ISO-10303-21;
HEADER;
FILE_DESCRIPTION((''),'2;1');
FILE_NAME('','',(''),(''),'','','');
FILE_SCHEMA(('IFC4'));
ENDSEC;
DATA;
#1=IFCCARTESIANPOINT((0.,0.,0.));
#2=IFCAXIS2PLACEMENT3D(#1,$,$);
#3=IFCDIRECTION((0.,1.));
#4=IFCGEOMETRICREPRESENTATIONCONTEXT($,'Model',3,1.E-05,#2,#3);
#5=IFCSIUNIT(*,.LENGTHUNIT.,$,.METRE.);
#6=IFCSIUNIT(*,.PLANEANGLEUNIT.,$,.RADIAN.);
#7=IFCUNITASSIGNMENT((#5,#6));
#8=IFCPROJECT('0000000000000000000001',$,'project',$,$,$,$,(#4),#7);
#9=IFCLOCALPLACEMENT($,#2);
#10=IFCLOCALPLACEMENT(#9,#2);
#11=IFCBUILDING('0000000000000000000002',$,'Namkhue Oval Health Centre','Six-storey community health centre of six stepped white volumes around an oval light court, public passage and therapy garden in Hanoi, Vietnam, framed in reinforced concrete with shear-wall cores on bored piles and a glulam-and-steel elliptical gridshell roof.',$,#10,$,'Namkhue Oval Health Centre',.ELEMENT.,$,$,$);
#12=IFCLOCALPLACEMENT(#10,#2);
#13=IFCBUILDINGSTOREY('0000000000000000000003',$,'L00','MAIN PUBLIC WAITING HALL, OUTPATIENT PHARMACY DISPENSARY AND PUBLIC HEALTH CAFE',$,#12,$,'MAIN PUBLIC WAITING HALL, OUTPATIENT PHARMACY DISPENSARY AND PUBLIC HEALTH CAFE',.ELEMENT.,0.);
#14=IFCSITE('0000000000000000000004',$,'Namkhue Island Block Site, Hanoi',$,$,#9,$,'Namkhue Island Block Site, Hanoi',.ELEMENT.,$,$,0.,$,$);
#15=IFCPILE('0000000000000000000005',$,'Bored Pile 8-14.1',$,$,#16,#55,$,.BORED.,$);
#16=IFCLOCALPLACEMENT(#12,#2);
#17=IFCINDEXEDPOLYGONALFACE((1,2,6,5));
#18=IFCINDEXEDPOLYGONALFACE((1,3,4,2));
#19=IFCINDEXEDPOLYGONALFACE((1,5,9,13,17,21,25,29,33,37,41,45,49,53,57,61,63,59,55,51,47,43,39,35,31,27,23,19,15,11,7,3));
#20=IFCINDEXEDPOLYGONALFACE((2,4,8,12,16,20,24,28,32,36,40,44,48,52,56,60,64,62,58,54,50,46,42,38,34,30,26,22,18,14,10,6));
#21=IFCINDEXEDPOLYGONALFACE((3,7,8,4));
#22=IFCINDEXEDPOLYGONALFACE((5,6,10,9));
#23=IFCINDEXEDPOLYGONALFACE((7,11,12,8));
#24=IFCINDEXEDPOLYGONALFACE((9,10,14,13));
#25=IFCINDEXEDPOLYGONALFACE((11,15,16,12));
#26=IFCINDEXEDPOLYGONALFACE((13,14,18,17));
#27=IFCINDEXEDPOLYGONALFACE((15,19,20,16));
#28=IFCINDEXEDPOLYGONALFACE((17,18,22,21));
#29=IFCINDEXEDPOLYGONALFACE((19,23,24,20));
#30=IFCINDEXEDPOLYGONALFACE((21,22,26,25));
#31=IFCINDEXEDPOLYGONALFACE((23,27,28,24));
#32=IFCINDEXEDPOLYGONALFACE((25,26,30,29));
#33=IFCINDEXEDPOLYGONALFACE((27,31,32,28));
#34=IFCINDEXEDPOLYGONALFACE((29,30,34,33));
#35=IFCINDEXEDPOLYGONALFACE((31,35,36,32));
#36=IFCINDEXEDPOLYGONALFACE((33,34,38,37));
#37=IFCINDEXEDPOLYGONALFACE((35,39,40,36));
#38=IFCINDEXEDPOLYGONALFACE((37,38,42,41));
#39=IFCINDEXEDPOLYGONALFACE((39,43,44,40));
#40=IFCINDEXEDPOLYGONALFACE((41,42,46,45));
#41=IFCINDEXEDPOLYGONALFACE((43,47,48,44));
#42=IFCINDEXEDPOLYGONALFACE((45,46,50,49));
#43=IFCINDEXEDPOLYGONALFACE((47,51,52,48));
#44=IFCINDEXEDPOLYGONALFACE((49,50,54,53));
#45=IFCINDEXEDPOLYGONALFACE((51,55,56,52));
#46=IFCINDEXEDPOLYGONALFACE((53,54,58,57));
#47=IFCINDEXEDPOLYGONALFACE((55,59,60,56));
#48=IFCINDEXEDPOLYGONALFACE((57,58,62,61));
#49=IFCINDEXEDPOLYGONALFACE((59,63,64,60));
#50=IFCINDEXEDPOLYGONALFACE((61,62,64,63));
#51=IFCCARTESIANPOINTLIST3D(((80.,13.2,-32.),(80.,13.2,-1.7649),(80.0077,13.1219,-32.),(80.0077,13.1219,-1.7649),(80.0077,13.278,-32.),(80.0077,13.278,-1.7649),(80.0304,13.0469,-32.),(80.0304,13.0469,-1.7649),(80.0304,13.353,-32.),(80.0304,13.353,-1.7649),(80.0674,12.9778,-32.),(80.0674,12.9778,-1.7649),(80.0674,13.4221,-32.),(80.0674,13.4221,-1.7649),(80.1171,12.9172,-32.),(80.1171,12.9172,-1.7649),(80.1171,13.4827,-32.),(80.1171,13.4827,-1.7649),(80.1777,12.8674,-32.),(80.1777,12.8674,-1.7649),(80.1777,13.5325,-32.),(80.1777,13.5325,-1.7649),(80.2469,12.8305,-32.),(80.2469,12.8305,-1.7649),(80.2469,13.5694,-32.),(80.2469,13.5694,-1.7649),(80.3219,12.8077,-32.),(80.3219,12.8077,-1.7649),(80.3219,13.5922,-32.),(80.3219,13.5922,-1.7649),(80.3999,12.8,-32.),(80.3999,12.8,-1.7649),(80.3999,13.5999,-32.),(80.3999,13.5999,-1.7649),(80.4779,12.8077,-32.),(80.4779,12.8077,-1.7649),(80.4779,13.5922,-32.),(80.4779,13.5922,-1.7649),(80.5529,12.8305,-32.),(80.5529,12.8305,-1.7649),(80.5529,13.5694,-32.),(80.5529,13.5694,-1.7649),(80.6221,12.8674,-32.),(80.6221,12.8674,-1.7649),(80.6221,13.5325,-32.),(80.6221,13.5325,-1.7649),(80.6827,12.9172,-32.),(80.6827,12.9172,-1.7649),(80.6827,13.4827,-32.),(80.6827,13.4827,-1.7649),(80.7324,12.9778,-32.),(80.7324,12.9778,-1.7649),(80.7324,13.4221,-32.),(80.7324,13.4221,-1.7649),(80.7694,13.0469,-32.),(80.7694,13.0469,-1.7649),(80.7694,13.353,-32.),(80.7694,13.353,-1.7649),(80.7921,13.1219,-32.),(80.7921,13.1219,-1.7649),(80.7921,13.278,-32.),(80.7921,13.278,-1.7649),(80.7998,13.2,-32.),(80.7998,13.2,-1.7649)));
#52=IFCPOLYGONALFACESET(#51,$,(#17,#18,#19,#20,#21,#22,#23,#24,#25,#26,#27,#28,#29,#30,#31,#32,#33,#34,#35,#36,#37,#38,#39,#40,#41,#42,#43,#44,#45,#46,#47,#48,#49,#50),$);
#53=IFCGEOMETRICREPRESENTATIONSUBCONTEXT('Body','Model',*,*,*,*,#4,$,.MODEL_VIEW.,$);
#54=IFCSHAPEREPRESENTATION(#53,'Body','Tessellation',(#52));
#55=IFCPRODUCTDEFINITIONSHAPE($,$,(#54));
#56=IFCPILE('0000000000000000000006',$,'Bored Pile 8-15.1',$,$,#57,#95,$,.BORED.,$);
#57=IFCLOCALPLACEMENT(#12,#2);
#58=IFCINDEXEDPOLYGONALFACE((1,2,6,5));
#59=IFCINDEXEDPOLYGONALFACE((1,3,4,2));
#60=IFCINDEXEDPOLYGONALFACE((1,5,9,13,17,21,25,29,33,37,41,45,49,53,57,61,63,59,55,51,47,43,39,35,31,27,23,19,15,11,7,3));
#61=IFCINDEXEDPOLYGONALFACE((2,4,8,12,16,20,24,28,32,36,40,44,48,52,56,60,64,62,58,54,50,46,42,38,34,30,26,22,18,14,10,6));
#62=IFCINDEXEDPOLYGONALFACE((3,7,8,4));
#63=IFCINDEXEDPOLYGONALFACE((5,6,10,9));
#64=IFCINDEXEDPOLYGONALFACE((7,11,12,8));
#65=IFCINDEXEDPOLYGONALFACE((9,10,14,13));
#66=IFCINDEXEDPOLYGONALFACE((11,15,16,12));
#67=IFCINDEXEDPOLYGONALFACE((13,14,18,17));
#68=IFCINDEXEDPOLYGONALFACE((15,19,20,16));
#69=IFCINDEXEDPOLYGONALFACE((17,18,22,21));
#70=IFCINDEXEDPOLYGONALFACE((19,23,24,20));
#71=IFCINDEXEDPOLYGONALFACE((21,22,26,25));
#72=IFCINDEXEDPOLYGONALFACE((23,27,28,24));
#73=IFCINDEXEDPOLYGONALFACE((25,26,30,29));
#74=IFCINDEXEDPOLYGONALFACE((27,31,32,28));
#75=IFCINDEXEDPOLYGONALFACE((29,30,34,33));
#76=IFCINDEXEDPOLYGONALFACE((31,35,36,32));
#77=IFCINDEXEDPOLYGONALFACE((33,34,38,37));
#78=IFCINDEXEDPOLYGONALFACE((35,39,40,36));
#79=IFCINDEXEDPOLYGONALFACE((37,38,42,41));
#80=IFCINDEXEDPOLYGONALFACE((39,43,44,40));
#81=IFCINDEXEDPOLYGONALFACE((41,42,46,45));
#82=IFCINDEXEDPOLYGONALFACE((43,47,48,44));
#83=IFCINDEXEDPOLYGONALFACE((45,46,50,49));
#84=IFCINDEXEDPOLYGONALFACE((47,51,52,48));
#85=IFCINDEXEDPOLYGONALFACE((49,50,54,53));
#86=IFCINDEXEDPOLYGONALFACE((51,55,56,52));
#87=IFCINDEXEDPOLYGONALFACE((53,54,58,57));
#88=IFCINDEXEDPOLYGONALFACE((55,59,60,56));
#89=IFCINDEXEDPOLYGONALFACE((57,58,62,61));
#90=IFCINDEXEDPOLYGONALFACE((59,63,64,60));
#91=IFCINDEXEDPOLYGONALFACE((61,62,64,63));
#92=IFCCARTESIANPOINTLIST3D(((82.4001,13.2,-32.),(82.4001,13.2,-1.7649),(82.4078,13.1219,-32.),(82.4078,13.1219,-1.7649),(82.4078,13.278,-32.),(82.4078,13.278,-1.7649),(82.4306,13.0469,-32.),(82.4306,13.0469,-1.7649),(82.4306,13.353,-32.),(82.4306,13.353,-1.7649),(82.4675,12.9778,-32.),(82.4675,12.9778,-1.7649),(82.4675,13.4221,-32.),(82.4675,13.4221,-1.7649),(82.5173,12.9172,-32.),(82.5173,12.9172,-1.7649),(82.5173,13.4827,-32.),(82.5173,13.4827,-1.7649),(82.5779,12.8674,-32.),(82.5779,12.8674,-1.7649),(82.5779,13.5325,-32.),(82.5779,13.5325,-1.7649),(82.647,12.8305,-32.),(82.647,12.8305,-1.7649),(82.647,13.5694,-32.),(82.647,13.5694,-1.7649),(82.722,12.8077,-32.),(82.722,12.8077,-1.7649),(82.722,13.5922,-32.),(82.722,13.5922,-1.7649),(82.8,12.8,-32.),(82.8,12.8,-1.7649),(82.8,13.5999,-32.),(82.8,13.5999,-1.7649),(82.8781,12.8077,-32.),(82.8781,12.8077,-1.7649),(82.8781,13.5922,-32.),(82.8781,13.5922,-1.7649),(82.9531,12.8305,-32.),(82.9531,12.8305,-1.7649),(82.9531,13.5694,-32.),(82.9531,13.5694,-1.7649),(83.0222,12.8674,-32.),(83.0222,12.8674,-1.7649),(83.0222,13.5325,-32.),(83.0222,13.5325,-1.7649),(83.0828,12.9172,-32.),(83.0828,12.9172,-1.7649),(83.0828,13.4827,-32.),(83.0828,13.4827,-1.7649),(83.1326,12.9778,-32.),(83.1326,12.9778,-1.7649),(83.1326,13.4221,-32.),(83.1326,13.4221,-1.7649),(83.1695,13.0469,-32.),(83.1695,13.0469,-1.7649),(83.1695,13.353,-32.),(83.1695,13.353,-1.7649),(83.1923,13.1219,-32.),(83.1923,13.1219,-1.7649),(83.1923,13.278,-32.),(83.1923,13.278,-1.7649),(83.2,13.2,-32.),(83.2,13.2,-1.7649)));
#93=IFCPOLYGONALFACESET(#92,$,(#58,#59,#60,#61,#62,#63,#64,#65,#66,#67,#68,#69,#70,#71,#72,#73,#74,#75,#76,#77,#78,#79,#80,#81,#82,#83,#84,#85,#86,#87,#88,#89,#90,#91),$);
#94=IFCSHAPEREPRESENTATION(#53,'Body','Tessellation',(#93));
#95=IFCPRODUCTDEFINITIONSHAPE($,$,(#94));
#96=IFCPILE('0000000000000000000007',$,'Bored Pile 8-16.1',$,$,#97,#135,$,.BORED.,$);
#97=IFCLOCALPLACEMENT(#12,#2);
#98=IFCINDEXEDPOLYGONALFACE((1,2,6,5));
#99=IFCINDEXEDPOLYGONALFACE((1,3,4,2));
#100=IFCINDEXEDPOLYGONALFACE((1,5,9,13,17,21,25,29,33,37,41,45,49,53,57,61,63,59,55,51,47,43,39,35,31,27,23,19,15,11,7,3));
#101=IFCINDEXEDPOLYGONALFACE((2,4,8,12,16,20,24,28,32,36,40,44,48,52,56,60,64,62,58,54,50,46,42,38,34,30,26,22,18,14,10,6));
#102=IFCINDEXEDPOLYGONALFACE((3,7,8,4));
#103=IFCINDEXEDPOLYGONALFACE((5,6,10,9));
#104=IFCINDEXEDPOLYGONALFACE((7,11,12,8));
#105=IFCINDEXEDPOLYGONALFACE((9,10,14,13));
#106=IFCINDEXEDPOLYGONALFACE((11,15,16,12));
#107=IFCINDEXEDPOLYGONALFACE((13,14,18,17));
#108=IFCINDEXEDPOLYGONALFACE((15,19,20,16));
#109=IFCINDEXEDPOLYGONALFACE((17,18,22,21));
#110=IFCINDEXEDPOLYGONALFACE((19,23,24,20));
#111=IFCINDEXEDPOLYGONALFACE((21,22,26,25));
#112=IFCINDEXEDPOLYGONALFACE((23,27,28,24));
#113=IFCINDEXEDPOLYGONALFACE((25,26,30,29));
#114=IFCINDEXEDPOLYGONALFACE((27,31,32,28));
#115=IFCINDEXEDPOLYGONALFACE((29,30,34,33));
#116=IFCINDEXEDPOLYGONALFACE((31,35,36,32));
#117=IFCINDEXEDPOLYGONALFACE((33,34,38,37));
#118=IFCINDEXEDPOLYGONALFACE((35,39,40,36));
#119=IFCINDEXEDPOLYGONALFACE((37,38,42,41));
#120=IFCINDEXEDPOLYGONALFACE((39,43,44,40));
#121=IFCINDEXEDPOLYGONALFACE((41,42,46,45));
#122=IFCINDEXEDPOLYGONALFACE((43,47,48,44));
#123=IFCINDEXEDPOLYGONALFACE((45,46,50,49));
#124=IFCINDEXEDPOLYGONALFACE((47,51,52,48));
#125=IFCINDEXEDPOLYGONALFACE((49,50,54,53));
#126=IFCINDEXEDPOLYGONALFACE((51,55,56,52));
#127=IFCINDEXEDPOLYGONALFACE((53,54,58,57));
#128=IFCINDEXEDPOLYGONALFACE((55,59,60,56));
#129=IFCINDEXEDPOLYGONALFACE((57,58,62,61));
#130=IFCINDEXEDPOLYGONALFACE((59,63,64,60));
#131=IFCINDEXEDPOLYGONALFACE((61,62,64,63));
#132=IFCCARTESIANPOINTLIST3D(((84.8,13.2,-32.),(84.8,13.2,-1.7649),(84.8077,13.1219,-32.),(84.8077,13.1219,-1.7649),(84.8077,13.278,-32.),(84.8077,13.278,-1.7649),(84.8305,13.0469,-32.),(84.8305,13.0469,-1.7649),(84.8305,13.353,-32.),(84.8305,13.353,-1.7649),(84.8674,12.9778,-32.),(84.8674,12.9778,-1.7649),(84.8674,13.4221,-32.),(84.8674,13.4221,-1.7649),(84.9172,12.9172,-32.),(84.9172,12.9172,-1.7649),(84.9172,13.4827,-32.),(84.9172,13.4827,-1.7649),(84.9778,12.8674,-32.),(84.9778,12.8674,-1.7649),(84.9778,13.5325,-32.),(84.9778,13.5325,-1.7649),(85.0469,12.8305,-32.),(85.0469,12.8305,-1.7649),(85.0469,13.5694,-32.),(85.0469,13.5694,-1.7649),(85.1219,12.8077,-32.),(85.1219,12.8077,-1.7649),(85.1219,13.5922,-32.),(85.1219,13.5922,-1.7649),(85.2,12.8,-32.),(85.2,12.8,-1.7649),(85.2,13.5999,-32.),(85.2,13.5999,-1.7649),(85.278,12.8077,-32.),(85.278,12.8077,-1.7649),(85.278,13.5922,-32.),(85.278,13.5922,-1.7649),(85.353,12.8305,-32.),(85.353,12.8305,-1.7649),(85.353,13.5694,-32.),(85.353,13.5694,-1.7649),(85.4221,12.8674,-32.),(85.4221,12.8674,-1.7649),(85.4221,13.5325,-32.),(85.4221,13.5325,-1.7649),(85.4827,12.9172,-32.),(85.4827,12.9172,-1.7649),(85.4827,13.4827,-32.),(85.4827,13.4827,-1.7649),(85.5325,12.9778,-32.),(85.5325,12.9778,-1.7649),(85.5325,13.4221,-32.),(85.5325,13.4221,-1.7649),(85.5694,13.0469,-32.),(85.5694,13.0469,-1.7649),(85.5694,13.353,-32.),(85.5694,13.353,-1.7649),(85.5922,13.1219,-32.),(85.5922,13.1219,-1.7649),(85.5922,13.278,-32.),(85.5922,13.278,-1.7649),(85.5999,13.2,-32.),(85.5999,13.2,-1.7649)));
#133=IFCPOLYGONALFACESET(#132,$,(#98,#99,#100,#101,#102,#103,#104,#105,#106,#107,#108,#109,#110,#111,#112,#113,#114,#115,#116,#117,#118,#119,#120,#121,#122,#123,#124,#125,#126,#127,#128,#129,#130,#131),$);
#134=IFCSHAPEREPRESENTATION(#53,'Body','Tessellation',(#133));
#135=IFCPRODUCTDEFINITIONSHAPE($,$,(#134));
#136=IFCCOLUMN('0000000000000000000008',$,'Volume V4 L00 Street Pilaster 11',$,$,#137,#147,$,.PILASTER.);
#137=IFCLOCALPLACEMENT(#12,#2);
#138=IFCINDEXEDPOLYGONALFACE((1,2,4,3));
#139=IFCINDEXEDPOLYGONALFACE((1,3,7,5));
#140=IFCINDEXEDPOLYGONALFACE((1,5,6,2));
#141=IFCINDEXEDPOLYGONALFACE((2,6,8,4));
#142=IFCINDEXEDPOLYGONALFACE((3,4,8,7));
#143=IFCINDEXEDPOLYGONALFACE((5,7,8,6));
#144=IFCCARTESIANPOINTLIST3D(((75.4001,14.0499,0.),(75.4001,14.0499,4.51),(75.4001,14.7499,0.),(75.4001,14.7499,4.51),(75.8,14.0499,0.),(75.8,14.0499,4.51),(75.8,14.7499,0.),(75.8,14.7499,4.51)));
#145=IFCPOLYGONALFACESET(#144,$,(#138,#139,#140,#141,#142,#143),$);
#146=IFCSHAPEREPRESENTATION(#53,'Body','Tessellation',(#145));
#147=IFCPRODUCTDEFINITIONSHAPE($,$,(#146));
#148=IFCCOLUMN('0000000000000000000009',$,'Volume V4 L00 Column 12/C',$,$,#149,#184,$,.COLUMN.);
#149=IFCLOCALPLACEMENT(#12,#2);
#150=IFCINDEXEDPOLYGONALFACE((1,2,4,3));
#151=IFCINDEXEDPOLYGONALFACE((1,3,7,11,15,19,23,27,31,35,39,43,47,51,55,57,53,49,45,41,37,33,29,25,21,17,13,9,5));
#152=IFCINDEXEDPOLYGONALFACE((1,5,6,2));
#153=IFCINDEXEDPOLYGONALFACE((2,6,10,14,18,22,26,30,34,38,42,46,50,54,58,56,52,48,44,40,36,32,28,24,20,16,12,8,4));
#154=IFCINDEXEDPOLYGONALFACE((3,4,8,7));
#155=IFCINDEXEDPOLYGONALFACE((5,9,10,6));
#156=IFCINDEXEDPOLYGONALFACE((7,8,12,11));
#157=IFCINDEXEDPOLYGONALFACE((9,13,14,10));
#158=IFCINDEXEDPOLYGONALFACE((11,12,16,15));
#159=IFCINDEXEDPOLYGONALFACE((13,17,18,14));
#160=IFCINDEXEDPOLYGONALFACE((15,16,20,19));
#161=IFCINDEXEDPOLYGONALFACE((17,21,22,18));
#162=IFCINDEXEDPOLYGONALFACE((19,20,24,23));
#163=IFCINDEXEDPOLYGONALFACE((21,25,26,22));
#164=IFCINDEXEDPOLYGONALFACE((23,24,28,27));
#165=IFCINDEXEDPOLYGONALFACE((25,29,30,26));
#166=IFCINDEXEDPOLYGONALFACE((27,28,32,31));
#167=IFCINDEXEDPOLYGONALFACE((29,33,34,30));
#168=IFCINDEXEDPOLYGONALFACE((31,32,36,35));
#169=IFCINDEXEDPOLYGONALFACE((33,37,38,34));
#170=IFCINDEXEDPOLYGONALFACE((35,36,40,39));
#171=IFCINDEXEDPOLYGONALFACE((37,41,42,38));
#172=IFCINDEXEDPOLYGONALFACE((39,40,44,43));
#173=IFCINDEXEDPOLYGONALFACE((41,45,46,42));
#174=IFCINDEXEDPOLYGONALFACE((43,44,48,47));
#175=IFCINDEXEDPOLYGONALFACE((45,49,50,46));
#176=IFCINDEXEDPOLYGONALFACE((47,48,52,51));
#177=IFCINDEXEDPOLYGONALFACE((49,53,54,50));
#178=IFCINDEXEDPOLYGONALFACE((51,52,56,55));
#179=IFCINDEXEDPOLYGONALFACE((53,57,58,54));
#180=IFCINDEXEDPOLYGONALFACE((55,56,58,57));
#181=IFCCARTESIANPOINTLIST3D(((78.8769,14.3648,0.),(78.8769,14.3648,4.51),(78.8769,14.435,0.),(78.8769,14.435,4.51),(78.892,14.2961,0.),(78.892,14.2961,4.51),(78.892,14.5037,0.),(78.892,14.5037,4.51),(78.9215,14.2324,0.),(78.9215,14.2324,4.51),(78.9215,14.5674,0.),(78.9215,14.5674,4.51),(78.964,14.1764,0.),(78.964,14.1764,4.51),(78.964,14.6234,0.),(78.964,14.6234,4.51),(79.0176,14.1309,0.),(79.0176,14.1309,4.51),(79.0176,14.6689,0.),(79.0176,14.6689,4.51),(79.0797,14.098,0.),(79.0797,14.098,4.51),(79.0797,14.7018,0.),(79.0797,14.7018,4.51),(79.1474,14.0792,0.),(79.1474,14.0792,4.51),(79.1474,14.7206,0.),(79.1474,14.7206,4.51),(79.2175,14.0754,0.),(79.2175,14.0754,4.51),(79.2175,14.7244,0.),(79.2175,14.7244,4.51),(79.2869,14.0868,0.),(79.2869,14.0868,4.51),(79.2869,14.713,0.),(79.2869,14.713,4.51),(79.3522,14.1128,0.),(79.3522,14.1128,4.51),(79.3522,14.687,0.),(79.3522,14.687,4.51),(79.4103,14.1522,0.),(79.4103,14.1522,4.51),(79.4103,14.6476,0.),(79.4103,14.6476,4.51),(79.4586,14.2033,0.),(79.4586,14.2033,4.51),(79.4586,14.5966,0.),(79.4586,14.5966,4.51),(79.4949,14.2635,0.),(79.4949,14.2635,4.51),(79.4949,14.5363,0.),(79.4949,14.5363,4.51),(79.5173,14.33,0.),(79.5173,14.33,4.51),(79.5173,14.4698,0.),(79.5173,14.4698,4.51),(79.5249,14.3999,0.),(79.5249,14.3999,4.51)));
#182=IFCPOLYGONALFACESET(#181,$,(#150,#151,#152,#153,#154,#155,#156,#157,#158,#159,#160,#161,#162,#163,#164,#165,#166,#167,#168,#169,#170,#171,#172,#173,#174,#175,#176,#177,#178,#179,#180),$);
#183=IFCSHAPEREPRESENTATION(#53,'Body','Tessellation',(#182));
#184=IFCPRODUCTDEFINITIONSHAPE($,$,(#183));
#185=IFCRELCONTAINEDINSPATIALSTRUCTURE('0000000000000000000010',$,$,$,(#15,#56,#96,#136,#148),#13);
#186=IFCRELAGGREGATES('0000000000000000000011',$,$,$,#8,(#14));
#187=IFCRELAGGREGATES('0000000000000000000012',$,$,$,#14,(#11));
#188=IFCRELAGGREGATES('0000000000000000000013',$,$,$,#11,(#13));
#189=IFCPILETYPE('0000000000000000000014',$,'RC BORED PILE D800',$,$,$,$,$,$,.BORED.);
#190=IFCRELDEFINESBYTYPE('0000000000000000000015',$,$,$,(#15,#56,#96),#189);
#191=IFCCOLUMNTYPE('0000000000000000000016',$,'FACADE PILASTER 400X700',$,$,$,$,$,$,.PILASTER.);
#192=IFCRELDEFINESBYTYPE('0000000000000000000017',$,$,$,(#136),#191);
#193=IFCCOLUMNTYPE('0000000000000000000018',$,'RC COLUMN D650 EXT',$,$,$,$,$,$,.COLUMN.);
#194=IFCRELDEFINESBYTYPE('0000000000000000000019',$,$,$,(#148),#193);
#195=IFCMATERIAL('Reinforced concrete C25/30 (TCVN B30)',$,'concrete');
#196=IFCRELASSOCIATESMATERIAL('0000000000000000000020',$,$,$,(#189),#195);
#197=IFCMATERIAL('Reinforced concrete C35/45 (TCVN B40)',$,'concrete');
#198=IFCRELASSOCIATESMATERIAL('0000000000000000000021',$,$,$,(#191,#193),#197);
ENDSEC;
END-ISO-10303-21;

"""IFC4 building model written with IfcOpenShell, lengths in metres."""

from ifc_helpers import new_model, si_unit, direction, frame, origin, origin_2d, place, context, subcontext, project, spatial, rectangle, circle, extrude, material, material_profile, profile_set, type_object, element, save


model = new_model("IFC4")

# Units and contexts
model_context = context("Model", 3, precision=1e-05, world=origin(), true_north=direction((0.0, 1.0)))
body_context = subcontext(model_context, "Body", "Model", "MODEL_VIEW")
ifc_project = project(units=[si_unit("LENGTHUNIT", "METRE"), si_unit("PLANEANGLEUNIT", "RADIAN")], contexts=[model_context])

# Site, building, storey
site_placement = place(None, origin())
site = spatial("IfcSite", under=ifc_project, at=site_placement, Name="Namkhue Island Block Site, Hanoi", LongName="Namkhue Island Block Site, Hanoi", CompositionType="ELEMENT", RefElevation=0.0)
building_placement = place(site_placement, origin())
building = spatial("IfcBuilding", under=site, at=building_placement, Name="Namkhue Oval Health Centre", Description="Six-storey community health centre of six stepped white volumes around an oval light court, public passage and therapy garden in Hanoi, Vietnam, framed in reinforced concrete with shear-wall cores on bored piles and a glulam-and-steel elliptical gridshell roof.", LongName="Namkhue Oval Health Centre", CompositionType="ELEMENT")
storey_placement = place(building_placement, origin())
storey = spatial("IfcBuildingStorey", under=building, at=storey_placement, Name="L00", Description="MAIN PUBLIC WAITING HALL, OUTPATIENT PHARMACY DISPENSARY AND PUBLIC HEALTH CAFE", LongName="MAIN PUBLIC WAITING HALL, OUTPATIENT PHARMACY DISPENSARY AND PUBLIC HEALTH CAFE", CompositionType="ELEMENT", Elevation=0.0)

# Piles
ifc_material_1 = material(Name="Reinforced concrete C25/30 (TCVN B30)", Category="concrete")
ifc_material_profile_1 = material_profile(ifc_material_1, circle(Radius=0.3999, at=origin_2d()), Name="BORED PILE D800")
ifc_profile_set_1 = profile_set([ifc_material_profile_1], Name="Reinforced concrete C25/30 (TCVN B30)")
pile_type = type_object("IfcPileType", Name="RC BORED PILE D800", PredefinedType="BORED", material=ifc_profile_set_1)
for number, where, z_axis, x_axis, name in (
    (1, (80.3999, 13.2, -1.7649), (0.0, 0.0, -1.0), (1.0, 0.0, 0.0), "Bored Pile 8-14.1"),
    (2, (82.8, 13.2, -1.7649), (0.0, 0.0, -1.0), (1.0, 0.0, 0.0), "Bored Pile 8-15.1"),
    (3, (85.2, 13.2, -1.7649), (0.0, 0.0, -1.0), (1.0, 0.0, 0.0), "Bored Pile 8-16.1"),
):
    element("IfcPile", number, at=place(storey_placement, frame(where, z_axis=z_axis, x_axis=x_axis)), inside=storey, type_object=pile_type, Name=name, PredefinedType="BORED", context=body_context, shape_type="SweptSolid", body=[
        extrude(circle(Radius=0.3999, at=origin_2d()), origin(), (0.0, 0.0, 1.0), 30.2351),
    ])

# Columns
ifc_material_2 = material(Name="Reinforced concrete C35/45 (TCVN B40)", Category="concrete")
ifc_material_profile_2 = material_profile(ifc_material_2, rectangle(XDim=0.3999, YDim=0.7, at=origin_2d()), Name="RC 400x700")
ifc_profile_set_2 = profile_set([ifc_material_profile_2], Name="Reinforced concrete C35/45 (TCVN B40)")
column_type_1 = type_object("IfcColumnType", Name="FACADE PILASTER 400X700", PredefinedType="PILASTER", material=ifc_profile_set_2)
column_1_placement = place(storey_placement, frame((75.6001, 14.3999, 0.0), z_axis=(0.0, 0.0, 1.0), x_axis=(1.0, 0.0, 0.0)))
element("IfcColumn", 4, at=column_1_placement, inside=storey, type_object=column_type_1, Name="Volume V4 L00 Street Pilaster 11", PredefinedType="PILASTER", context=body_context, shape_type="SweptSolid", body=[
    extrude(rectangle(XDim=0.3999, YDim=0.7, at=origin_2d()), origin(), (0.0, 0.0, 1.0), 4.51),
])
ifc_material_profile_3 = material_profile(ifc_material_2, circle(Radius=0.325, at=origin_2d()), Name="RC D650")
ifc_profile_set_3 = profile_set([ifc_material_profile_3], Name="Reinforced concrete C35/45 (TCVN B40)")
column_type_2 = type_object("IfcColumnType", Name="RC COLUMN D650 EXT", PredefinedType="COLUMN", material=ifc_profile_set_3)
column_2_placement = place(storey_placement, frame((79.2, 14.3999, 0.0), z_axis=(0.0, 0.0, 1.0), x_axis=(1.0, 0.0, 0.0)))
element("IfcColumn", 5, at=column_2_placement, inside=storey, type_object=column_type_2, Name="Volume V4 L00 Column 12/C", PredefinedType="COLUMN", context=body_context, shape_type="SweptSolid", body=[
    extrude(circle(Radius=0.325, at=origin_2d()), origin(), (0.0, 0.0, 1.0), 4.51),
])

save(model, "model.ifc")
